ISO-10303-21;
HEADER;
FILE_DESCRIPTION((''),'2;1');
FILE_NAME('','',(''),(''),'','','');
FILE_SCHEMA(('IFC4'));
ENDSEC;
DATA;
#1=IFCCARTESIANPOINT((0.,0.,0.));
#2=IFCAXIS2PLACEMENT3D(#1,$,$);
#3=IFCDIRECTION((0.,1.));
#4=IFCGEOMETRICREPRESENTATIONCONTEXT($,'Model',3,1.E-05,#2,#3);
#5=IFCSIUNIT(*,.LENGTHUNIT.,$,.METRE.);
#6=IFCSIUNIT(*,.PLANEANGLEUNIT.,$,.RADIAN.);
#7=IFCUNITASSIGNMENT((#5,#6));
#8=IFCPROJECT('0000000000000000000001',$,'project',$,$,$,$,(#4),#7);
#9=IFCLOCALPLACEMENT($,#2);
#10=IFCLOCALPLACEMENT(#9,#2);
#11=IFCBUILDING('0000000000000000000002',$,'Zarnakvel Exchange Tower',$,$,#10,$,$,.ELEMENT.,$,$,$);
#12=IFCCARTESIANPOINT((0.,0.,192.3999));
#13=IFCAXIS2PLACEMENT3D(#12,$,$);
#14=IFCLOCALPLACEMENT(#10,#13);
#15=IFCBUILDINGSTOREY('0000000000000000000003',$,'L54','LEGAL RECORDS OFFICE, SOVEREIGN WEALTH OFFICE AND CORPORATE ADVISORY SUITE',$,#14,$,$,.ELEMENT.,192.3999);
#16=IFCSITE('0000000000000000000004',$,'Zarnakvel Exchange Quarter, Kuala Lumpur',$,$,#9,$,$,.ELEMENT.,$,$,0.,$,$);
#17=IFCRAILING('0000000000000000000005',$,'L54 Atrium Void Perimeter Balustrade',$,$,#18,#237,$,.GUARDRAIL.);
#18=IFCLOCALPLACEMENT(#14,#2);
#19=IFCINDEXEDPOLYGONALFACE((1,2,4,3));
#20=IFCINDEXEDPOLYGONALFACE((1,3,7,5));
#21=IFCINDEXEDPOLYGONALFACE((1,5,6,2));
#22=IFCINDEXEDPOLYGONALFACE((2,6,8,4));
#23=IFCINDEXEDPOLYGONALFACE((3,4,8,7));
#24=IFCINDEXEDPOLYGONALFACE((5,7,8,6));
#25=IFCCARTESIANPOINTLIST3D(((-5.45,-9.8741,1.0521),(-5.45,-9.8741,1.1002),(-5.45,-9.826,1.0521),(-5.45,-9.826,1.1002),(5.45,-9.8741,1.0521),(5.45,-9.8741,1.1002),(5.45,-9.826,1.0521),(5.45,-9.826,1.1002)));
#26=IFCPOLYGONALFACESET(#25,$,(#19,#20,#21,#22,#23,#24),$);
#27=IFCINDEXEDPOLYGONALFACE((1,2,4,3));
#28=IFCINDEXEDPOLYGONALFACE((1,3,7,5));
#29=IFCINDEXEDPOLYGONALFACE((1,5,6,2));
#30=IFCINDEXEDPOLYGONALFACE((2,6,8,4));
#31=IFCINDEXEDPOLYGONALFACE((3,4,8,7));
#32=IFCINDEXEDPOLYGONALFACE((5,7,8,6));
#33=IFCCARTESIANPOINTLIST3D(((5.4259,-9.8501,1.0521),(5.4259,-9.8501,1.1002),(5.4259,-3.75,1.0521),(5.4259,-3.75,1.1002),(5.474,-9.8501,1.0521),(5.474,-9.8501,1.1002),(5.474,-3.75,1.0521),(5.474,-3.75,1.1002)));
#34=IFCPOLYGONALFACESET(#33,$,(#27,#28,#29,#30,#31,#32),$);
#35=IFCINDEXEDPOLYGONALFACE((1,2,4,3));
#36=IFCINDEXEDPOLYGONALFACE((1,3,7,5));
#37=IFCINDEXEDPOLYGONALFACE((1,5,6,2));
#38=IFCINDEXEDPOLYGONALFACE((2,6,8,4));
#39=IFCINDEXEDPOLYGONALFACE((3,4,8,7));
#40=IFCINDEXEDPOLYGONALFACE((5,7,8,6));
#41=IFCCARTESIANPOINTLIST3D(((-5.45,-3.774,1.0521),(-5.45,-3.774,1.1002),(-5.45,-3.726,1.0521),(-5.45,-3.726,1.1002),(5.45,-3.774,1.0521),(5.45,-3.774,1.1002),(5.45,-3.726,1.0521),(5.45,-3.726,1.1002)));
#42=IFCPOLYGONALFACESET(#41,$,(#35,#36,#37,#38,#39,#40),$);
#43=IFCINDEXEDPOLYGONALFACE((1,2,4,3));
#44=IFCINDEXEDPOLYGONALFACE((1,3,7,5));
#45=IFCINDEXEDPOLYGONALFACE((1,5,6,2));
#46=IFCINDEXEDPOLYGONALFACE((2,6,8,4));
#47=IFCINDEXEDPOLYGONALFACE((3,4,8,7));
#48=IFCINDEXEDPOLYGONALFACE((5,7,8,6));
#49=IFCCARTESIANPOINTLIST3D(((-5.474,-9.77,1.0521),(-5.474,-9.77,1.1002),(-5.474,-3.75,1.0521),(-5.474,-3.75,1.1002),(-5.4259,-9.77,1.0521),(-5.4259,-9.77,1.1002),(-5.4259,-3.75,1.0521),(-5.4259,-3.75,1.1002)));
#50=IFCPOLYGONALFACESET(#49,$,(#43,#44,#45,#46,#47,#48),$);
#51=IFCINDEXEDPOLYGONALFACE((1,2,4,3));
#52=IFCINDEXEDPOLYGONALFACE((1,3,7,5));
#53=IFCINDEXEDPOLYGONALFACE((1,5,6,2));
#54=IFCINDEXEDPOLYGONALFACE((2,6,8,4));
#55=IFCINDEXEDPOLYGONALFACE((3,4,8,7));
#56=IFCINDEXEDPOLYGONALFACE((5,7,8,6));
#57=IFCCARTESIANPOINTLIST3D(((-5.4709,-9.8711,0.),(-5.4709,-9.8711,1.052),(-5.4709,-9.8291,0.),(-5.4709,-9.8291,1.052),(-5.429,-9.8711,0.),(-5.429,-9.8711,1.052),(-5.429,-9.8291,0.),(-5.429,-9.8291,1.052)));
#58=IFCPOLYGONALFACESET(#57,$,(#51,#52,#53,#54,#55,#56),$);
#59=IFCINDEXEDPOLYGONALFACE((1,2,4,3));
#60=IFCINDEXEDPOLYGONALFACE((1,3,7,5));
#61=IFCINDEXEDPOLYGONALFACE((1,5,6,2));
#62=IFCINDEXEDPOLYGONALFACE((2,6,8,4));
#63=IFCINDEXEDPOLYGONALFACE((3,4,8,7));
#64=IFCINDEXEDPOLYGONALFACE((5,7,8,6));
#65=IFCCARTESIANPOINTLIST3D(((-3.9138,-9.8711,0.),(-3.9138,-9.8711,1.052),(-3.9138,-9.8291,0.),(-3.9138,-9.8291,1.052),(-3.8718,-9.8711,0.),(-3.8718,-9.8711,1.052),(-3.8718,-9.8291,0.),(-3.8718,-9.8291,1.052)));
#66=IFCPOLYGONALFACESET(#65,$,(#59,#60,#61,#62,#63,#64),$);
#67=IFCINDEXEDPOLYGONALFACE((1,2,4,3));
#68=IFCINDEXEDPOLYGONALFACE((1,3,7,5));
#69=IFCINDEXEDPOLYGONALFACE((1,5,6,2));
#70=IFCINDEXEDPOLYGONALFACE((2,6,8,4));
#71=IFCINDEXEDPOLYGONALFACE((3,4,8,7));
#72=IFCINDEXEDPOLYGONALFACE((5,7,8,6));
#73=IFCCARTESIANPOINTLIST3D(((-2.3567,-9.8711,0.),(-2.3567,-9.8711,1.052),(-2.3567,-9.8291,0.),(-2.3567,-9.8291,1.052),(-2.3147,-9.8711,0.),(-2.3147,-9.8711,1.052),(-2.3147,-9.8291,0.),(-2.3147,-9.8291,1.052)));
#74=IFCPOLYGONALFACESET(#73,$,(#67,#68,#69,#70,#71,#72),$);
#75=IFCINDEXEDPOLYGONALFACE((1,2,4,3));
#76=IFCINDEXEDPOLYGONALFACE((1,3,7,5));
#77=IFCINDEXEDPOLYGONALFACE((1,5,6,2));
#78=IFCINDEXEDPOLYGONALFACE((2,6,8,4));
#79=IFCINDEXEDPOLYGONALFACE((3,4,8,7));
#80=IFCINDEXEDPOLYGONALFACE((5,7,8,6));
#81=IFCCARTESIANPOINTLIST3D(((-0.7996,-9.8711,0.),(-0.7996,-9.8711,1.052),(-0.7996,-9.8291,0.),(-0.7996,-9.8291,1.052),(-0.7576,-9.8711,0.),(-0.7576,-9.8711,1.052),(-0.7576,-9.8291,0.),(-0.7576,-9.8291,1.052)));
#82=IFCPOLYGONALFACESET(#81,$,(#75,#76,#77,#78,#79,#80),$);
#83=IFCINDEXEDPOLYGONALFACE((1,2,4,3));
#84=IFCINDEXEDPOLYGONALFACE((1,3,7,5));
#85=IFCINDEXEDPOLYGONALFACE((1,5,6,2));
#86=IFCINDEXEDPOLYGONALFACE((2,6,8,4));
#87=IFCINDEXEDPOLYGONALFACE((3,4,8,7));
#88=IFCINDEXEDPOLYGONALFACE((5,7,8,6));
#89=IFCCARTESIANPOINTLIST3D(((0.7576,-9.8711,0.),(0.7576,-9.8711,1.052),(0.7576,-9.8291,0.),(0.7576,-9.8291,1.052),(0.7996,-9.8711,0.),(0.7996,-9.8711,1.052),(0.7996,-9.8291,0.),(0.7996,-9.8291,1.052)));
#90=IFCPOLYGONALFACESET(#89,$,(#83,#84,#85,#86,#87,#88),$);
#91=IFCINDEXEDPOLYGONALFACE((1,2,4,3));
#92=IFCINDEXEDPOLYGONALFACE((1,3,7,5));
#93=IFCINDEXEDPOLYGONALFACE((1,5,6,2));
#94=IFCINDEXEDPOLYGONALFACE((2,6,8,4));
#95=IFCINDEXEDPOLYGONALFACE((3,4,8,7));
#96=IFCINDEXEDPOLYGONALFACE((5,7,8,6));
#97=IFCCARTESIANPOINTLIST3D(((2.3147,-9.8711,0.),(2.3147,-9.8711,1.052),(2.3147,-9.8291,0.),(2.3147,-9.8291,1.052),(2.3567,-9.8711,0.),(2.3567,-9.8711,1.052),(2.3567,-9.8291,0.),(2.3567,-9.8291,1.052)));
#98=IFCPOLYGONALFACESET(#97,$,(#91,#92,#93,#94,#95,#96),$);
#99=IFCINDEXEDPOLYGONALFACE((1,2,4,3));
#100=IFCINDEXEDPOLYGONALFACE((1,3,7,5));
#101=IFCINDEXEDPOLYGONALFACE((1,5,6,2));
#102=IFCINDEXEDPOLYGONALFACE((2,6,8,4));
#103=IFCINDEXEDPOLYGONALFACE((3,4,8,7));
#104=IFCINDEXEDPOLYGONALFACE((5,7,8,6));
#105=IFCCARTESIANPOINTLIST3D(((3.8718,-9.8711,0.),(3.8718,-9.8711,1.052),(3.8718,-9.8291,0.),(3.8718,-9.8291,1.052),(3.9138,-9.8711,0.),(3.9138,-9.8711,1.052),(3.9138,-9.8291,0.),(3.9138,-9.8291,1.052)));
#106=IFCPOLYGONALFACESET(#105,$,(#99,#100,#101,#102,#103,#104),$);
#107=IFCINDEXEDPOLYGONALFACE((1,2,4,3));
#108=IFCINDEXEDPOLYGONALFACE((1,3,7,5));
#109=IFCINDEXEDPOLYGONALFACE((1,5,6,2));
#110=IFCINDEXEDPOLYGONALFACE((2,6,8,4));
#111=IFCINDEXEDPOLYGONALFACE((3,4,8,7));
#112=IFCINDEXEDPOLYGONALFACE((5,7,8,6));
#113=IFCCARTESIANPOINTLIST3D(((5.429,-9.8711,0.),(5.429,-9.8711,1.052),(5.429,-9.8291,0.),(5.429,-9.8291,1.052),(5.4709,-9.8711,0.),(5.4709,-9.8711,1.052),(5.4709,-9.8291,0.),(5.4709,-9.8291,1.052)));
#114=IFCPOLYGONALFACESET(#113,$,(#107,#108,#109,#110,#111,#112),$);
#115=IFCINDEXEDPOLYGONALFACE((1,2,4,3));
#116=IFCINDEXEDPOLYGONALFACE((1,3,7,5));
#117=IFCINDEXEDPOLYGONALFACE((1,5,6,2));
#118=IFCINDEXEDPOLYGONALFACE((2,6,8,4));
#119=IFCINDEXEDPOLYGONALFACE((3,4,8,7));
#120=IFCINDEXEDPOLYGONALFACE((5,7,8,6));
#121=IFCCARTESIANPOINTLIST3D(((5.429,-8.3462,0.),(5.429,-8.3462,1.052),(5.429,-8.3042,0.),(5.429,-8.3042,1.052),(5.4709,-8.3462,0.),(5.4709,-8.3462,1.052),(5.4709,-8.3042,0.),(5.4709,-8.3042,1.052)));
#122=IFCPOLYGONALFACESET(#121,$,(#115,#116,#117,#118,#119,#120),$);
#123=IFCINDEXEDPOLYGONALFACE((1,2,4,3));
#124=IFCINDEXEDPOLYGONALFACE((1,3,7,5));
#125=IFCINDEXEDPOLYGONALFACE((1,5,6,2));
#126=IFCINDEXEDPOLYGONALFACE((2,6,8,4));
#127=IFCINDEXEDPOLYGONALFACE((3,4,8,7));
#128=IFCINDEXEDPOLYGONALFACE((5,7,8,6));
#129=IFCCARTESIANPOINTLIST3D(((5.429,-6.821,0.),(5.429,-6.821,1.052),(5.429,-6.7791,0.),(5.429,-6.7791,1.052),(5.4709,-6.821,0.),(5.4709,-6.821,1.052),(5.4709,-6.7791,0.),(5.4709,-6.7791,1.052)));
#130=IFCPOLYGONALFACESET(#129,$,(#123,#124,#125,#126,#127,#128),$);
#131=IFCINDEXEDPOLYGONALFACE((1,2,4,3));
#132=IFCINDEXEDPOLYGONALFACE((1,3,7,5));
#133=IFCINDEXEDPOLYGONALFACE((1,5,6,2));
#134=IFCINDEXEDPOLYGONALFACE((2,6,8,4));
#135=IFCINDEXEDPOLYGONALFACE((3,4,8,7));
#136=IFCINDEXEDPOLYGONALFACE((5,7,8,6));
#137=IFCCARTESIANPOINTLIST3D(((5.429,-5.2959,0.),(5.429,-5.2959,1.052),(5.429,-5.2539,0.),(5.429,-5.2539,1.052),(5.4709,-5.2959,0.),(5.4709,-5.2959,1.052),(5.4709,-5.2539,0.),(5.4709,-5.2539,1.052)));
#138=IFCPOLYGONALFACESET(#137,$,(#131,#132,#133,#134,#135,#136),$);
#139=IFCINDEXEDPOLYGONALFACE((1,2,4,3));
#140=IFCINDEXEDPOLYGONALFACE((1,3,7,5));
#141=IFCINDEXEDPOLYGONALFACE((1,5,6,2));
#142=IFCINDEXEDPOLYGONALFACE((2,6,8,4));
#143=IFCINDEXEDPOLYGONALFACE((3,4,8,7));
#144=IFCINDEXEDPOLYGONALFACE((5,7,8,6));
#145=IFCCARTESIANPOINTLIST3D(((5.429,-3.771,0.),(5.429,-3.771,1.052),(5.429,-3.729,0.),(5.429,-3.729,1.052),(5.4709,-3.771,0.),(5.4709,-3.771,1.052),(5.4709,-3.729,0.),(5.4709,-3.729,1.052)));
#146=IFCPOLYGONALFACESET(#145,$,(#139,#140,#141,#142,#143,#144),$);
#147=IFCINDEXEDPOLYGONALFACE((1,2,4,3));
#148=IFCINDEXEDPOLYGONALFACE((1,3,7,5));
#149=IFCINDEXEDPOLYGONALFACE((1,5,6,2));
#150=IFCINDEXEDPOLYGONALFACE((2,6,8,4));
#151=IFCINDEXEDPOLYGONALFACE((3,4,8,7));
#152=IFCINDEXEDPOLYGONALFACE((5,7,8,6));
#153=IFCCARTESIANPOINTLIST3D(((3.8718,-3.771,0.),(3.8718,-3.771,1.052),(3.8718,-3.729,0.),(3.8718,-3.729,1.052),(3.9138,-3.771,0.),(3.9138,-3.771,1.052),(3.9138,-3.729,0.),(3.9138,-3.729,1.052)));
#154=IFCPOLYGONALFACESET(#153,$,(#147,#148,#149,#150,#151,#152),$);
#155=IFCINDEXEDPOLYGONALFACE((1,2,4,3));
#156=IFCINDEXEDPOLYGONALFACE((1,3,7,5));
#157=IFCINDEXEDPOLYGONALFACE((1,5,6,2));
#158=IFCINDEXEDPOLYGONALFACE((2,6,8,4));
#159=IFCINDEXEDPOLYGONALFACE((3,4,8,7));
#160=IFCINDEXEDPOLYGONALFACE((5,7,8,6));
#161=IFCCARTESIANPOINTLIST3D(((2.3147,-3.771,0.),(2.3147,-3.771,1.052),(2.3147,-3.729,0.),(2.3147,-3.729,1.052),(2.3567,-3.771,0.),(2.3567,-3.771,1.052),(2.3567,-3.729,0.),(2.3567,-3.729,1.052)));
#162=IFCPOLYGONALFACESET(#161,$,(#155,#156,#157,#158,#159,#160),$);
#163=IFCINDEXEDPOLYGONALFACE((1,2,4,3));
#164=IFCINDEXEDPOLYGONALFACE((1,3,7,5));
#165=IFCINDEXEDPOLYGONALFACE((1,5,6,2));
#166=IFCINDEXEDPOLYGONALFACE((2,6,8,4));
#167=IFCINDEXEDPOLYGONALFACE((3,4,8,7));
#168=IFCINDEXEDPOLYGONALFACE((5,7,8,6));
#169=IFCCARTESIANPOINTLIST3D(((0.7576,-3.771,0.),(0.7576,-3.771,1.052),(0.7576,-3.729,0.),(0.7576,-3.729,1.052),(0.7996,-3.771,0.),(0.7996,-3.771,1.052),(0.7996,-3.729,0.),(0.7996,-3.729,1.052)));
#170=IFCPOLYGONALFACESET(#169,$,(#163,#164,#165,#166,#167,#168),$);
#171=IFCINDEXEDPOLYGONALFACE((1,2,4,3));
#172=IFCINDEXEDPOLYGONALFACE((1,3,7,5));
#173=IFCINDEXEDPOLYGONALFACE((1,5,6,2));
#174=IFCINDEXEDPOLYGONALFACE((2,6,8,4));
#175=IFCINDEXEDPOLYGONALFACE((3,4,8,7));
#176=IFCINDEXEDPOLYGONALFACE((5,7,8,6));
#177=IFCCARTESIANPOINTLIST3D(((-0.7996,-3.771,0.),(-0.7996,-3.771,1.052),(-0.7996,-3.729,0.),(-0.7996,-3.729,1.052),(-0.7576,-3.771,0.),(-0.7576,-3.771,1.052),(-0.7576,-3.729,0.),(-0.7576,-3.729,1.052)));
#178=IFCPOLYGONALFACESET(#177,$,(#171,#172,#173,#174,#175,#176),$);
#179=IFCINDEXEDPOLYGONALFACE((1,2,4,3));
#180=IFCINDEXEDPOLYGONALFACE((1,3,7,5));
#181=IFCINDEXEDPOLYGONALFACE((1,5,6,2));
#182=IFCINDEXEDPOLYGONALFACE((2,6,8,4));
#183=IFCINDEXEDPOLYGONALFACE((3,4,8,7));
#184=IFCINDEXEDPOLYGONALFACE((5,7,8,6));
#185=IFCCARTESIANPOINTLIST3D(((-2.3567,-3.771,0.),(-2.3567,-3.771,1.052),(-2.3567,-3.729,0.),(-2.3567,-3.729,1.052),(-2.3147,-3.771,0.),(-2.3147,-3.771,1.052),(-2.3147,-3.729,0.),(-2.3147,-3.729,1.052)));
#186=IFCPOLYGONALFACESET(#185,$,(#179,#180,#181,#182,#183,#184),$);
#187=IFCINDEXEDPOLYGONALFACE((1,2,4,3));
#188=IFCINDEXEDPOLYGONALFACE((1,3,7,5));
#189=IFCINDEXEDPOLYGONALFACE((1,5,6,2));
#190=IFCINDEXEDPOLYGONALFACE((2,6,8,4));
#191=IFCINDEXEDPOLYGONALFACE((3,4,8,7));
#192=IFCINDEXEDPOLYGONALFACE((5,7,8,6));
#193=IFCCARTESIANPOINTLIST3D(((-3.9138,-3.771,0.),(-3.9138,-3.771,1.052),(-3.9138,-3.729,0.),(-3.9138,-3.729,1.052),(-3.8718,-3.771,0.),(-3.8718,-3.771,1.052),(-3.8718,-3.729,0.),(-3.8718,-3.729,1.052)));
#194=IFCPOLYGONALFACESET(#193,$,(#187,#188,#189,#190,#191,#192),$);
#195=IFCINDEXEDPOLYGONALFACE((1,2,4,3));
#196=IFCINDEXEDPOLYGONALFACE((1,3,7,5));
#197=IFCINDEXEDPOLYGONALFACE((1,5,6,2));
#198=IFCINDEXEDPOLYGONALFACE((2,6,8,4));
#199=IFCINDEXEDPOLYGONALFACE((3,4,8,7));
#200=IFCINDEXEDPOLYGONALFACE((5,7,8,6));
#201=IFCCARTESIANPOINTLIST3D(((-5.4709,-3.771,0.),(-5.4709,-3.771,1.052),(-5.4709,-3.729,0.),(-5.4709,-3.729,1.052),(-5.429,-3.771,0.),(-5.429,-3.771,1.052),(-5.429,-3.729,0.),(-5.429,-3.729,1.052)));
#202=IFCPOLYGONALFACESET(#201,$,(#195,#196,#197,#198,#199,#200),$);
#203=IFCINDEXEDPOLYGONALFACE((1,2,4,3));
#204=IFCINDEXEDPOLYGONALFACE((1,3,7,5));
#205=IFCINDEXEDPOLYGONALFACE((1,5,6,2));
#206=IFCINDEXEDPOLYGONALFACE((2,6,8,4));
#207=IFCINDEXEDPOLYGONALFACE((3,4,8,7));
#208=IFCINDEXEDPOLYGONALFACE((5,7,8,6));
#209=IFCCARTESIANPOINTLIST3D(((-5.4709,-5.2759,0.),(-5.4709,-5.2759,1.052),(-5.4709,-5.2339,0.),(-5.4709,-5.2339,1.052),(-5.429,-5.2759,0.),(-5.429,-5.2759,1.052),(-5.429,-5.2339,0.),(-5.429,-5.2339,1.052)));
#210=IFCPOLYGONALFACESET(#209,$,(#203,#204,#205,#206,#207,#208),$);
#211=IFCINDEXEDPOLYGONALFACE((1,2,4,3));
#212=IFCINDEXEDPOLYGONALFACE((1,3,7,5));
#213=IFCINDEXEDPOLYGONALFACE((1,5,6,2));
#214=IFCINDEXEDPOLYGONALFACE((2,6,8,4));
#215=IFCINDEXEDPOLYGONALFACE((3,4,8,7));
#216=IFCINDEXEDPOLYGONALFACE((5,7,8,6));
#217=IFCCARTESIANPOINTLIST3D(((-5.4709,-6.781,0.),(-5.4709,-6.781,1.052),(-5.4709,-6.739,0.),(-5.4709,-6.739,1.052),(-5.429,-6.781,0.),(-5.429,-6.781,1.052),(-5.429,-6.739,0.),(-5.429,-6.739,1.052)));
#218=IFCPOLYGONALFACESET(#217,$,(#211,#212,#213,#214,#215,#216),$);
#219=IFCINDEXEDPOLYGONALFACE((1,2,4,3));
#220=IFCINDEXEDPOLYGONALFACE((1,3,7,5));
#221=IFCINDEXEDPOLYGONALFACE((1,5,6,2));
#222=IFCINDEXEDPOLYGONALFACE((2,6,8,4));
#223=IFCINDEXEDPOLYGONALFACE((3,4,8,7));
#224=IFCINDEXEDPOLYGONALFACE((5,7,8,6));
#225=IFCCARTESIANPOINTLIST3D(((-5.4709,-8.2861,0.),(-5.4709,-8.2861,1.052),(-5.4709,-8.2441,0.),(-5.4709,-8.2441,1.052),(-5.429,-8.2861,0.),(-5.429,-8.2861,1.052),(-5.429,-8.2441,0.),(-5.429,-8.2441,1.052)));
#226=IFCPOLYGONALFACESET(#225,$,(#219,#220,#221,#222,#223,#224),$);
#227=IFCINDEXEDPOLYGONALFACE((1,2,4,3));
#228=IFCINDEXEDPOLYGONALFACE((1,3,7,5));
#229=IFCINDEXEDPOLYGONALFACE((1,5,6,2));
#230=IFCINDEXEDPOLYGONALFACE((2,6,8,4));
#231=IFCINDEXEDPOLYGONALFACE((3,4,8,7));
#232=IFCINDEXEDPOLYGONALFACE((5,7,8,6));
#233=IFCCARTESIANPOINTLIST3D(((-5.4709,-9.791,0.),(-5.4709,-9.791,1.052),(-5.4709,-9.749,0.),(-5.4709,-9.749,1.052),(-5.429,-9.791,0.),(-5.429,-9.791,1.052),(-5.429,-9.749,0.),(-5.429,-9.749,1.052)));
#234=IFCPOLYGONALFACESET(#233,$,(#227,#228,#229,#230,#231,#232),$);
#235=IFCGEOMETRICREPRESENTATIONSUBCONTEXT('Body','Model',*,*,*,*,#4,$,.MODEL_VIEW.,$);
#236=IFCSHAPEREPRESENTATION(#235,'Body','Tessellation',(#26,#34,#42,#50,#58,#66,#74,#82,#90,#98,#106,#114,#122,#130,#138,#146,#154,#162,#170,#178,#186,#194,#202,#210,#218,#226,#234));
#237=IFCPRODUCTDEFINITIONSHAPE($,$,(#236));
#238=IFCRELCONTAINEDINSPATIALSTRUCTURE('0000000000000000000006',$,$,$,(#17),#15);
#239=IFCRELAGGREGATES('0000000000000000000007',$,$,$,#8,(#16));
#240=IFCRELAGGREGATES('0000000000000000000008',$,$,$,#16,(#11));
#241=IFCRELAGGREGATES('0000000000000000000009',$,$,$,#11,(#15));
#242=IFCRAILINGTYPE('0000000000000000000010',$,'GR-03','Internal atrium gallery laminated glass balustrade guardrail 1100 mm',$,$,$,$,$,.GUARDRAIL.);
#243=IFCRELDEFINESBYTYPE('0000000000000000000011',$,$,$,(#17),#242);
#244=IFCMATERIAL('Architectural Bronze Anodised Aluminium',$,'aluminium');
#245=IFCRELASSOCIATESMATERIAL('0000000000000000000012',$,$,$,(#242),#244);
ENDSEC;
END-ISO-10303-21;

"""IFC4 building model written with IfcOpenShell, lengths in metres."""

from ifc_helpers import new_model, si_unit, direction, frame, origin, origin_2d, place, context, subcontext, project, spatial, rectangle, extrude, material, type_object, element, save


model = new_model("IFC4")

# Units and contexts
model_context = context("Model", 3, precision=1e-05, world=origin(), true_north=direction((0.0, 1.0)))
body_context = subcontext(model_context, "Body", "Model", "MODEL_VIEW")
ifc_project = project(units=[si_unit("LENGTHUNIT", "METRE"), si_unit("PLANEANGLEUNIT", "RADIAN")], contexts=[model_context])

# Site, building, storey
site_placement = place(None, origin())
site = spatial("IfcSite", under=ifc_project, at=site_placement, Name="Zarnakvel Exchange Quarter, Kuala Lumpur", CompositionType="ELEMENT", RefElevation=0.0)
building_placement = place(site_placement, origin())
building = spatial("IfcBuilding", under=site, at=building_placement, Name="Zarnakvel Exchange Tower", CompositionType="ELEMENT")
storey_placement = place(building_placement, frame((0.0, 0.0, 192.3999)))
storey = spatial("IfcBuildingStorey", under=building, at=storey_placement, Name="L54", Description="LEGAL RECORDS OFFICE, SOVEREIGN WEALTH OFFICE AND CORPORATE ADVISORY SUITE", CompositionType="ELEMENT", Elevation=192.3999)

# Shared definitions
ifc_material_1 = material(Name="Architectural Bronze Anodised Aluminium", Category="aluminium")

# Railing
railing_type_1 = type_object("IfcRailingType", Name="GR-03", Description="Internal atrium gallery laminated glass balustrade guardrail 1100 mm", PredefinedType="GUARDRAIL", material=ifc_material_1)
railing_1_placement = place(storey_placement, frame((-5.45, -9.8501, 0.0)))
element("IfcRailing", 1, at=railing_1_placement, inside=storey, type_object=railing_type_1, Name="L54 Atrium Void Perimeter Balustrade", PredefinedType="GUARDRAIL", context=body_context, shape_type="SweptSolid", body=[
    extrude(rectangle(XDim=0.0481, YDim=0.0481, at=origin_2d()), frame((0.0, 0.0, 1.0762), z_axis=(1.0, 0.0, 0.0), x_axis=(0.0, 1.0, 0.0)), (0.0, 0.0, 1.0), 10.8999),
    extrude(rectangle(XDim=0.0481, YDim=0.0481, at=origin_2d()), frame((10.8999, 0.0, 1.0762), z_axis=(0.0, 1.0, 0.0), x_axis=(-1.0, 0.0, 0.0)), (0.0, 0.0, 1.0), 6.1001),
    extrude(rectangle(XDim=0.0481, YDim=0.0481, at=origin_2d()), frame((10.8999, 6.1001, 1.0762), z_axis=(-1.0, 0.0, 0.0), x_axis=(0.0, -1.0, 0.0)), (0.0, 0.0, 1.0), 10.8999),
    extrude(rectangle(XDim=0.0481, YDim=0.0481, at=origin_2d()), frame((0.0, 6.1001, 1.0762), z_axis=(0.0, -1.0, 0.0), x_axis=(1.0, 0.0, 0.0)), (0.0, 0.0, 1.0), 6.02),
    extrude(rectangle(XDim=0.042, YDim=0.042, at=origin_2d()), origin(), (0.0, 0.0, 1.0), 1.052),
    extrude(rectangle(XDim=0.042, YDim=0.042, at=origin_2d()), frame((1.5571, 0.0, 0.0)), (0.0, 0.0, 1.0), 1.052),
    extrude(rectangle(XDim=0.042, YDim=0.042, at=origin_2d()), frame((3.1143, 0.0, 0.0)), (0.0, 0.0, 1.0), 1.052),
    extrude(rectangle(XDim=0.042, YDim=0.042, at=origin_2d()), frame((4.6714, 0.0, 0.0)), (0.0, 0.0, 1.0), 1.052),
    extrude(rectangle(XDim=0.042, YDim=0.042, at=origin_2d()), frame((6.2285, 0.0, 0.0)), (0.0, 0.0, 1.0), 1.052),
    extrude(rectangle(XDim=0.042, YDim=0.042, at=origin_2d()), frame((7.7856, 0.0, 0.0)), (0.0, 0.0, 1.0), 1.052),
    extrude(rectangle(XDim=0.042, YDim=0.042, at=origin_2d()), frame((9.3428, 0.0, 0.0)), (0.0, 0.0, 1.0), 1.052),
    extrude(rectangle(XDim=0.042, YDim=0.042, at=origin_2d()), frame((10.8999, 0.0, 0.0)), (0.0, 0.0, 1.0), 1.052),
    extrude(rectangle(XDim=0.042, YDim=0.042, at=origin_2d()), frame((10.8999, 1.5249, 0.0)), (0.0, 0.0, 1.0), 1.052),
    extrude(rectangle(XDim=0.042, YDim=0.042, at=origin_2d()), frame((10.8999, 3.05, 0.0)), (0.0, 0.0, 1.0), 1.052),
    extrude(rectangle(XDim=0.042, YDim=0.042, at=origin_2d()), frame((10.8999, 4.5752, 0.0)), (0.0, 0.0, 1.0), 1.052),
    extrude(rectangle(XDim=0.042, YDim=0.042, at=origin_2d()), frame((10.8999, 6.1001, 0.0)), (0.0, 0.0, 1.0), 1.052),
    extrude(rectangle(XDim=0.042, YDim=0.042, at=origin_2d()), frame((9.3428, 6.1001, 0.0)), (0.0, 0.0, 1.0), 1.052),
    extrude(rectangle(XDim=0.042, YDim=0.042, at=origin_2d()), frame((7.7856, 6.1001, 0.0)), (0.0, 0.0, 1.0), 1.052),
    extrude(rectangle(XDim=0.042, YDim=0.042, at=origin_2d()), frame((6.2285, 6.1001, 0.0)), (0.0, 0.0, 1.0), 1.052),
    extrude(rectangle(XDim=0.042, YDim=0.042, at=origin_2d()), frame((4.6714, 6.1001, 0.0)), (0.0, 0.0, 1.0), 1.052),
    extrude(rectangle(XDim=0.042, YDim=0.042, at=origin_2d()), frame((3.1143, 6.1001, 0.0)), (0.0, 0.0, 1.0), 1.052),
    extrude(rectangle(XDim=0.042, YDim=0.042, at=origin_2d()), frame((1.5571, 6.1001, 0.0)), (0.0, 0.0, 1.0), 1.052),
    extrude(rectangle(XDim=0.042, YDim=0.042, at=origin_2d()), frame((0.0, 6.1001, 0.0)), (0.0, 0.0, 1.0), 1.052),
    extrude(rectangle(XDim=0.042, YDim=0.042, at=origin_2d()), frame((0.0, 4.5952, 0.0)), (0.0, 0.0, 1.0), 1.052),
    extrude(rectangle(XDim=0.042, YDim=0.042, at=origin_2d()), frame((0.0, 3.0901, 0.0)), (0.0, 0.0, 1.0), 1.052),
    extrude(rectangle(XDim=0.042, YDim=0.042, at=origin_2d()), frame((0.0, 1.585, 0.0)), (0.0, 0.0, 1.0), 1.052),
    extrude(rectangle(XDim=0.042, YDim=0.042, at=origin_2d()), frame((0.0, 0.0801, 0.0)), (0.0, 0.0, 1.0), 1.052),
])

save(model, "model.ifc")
